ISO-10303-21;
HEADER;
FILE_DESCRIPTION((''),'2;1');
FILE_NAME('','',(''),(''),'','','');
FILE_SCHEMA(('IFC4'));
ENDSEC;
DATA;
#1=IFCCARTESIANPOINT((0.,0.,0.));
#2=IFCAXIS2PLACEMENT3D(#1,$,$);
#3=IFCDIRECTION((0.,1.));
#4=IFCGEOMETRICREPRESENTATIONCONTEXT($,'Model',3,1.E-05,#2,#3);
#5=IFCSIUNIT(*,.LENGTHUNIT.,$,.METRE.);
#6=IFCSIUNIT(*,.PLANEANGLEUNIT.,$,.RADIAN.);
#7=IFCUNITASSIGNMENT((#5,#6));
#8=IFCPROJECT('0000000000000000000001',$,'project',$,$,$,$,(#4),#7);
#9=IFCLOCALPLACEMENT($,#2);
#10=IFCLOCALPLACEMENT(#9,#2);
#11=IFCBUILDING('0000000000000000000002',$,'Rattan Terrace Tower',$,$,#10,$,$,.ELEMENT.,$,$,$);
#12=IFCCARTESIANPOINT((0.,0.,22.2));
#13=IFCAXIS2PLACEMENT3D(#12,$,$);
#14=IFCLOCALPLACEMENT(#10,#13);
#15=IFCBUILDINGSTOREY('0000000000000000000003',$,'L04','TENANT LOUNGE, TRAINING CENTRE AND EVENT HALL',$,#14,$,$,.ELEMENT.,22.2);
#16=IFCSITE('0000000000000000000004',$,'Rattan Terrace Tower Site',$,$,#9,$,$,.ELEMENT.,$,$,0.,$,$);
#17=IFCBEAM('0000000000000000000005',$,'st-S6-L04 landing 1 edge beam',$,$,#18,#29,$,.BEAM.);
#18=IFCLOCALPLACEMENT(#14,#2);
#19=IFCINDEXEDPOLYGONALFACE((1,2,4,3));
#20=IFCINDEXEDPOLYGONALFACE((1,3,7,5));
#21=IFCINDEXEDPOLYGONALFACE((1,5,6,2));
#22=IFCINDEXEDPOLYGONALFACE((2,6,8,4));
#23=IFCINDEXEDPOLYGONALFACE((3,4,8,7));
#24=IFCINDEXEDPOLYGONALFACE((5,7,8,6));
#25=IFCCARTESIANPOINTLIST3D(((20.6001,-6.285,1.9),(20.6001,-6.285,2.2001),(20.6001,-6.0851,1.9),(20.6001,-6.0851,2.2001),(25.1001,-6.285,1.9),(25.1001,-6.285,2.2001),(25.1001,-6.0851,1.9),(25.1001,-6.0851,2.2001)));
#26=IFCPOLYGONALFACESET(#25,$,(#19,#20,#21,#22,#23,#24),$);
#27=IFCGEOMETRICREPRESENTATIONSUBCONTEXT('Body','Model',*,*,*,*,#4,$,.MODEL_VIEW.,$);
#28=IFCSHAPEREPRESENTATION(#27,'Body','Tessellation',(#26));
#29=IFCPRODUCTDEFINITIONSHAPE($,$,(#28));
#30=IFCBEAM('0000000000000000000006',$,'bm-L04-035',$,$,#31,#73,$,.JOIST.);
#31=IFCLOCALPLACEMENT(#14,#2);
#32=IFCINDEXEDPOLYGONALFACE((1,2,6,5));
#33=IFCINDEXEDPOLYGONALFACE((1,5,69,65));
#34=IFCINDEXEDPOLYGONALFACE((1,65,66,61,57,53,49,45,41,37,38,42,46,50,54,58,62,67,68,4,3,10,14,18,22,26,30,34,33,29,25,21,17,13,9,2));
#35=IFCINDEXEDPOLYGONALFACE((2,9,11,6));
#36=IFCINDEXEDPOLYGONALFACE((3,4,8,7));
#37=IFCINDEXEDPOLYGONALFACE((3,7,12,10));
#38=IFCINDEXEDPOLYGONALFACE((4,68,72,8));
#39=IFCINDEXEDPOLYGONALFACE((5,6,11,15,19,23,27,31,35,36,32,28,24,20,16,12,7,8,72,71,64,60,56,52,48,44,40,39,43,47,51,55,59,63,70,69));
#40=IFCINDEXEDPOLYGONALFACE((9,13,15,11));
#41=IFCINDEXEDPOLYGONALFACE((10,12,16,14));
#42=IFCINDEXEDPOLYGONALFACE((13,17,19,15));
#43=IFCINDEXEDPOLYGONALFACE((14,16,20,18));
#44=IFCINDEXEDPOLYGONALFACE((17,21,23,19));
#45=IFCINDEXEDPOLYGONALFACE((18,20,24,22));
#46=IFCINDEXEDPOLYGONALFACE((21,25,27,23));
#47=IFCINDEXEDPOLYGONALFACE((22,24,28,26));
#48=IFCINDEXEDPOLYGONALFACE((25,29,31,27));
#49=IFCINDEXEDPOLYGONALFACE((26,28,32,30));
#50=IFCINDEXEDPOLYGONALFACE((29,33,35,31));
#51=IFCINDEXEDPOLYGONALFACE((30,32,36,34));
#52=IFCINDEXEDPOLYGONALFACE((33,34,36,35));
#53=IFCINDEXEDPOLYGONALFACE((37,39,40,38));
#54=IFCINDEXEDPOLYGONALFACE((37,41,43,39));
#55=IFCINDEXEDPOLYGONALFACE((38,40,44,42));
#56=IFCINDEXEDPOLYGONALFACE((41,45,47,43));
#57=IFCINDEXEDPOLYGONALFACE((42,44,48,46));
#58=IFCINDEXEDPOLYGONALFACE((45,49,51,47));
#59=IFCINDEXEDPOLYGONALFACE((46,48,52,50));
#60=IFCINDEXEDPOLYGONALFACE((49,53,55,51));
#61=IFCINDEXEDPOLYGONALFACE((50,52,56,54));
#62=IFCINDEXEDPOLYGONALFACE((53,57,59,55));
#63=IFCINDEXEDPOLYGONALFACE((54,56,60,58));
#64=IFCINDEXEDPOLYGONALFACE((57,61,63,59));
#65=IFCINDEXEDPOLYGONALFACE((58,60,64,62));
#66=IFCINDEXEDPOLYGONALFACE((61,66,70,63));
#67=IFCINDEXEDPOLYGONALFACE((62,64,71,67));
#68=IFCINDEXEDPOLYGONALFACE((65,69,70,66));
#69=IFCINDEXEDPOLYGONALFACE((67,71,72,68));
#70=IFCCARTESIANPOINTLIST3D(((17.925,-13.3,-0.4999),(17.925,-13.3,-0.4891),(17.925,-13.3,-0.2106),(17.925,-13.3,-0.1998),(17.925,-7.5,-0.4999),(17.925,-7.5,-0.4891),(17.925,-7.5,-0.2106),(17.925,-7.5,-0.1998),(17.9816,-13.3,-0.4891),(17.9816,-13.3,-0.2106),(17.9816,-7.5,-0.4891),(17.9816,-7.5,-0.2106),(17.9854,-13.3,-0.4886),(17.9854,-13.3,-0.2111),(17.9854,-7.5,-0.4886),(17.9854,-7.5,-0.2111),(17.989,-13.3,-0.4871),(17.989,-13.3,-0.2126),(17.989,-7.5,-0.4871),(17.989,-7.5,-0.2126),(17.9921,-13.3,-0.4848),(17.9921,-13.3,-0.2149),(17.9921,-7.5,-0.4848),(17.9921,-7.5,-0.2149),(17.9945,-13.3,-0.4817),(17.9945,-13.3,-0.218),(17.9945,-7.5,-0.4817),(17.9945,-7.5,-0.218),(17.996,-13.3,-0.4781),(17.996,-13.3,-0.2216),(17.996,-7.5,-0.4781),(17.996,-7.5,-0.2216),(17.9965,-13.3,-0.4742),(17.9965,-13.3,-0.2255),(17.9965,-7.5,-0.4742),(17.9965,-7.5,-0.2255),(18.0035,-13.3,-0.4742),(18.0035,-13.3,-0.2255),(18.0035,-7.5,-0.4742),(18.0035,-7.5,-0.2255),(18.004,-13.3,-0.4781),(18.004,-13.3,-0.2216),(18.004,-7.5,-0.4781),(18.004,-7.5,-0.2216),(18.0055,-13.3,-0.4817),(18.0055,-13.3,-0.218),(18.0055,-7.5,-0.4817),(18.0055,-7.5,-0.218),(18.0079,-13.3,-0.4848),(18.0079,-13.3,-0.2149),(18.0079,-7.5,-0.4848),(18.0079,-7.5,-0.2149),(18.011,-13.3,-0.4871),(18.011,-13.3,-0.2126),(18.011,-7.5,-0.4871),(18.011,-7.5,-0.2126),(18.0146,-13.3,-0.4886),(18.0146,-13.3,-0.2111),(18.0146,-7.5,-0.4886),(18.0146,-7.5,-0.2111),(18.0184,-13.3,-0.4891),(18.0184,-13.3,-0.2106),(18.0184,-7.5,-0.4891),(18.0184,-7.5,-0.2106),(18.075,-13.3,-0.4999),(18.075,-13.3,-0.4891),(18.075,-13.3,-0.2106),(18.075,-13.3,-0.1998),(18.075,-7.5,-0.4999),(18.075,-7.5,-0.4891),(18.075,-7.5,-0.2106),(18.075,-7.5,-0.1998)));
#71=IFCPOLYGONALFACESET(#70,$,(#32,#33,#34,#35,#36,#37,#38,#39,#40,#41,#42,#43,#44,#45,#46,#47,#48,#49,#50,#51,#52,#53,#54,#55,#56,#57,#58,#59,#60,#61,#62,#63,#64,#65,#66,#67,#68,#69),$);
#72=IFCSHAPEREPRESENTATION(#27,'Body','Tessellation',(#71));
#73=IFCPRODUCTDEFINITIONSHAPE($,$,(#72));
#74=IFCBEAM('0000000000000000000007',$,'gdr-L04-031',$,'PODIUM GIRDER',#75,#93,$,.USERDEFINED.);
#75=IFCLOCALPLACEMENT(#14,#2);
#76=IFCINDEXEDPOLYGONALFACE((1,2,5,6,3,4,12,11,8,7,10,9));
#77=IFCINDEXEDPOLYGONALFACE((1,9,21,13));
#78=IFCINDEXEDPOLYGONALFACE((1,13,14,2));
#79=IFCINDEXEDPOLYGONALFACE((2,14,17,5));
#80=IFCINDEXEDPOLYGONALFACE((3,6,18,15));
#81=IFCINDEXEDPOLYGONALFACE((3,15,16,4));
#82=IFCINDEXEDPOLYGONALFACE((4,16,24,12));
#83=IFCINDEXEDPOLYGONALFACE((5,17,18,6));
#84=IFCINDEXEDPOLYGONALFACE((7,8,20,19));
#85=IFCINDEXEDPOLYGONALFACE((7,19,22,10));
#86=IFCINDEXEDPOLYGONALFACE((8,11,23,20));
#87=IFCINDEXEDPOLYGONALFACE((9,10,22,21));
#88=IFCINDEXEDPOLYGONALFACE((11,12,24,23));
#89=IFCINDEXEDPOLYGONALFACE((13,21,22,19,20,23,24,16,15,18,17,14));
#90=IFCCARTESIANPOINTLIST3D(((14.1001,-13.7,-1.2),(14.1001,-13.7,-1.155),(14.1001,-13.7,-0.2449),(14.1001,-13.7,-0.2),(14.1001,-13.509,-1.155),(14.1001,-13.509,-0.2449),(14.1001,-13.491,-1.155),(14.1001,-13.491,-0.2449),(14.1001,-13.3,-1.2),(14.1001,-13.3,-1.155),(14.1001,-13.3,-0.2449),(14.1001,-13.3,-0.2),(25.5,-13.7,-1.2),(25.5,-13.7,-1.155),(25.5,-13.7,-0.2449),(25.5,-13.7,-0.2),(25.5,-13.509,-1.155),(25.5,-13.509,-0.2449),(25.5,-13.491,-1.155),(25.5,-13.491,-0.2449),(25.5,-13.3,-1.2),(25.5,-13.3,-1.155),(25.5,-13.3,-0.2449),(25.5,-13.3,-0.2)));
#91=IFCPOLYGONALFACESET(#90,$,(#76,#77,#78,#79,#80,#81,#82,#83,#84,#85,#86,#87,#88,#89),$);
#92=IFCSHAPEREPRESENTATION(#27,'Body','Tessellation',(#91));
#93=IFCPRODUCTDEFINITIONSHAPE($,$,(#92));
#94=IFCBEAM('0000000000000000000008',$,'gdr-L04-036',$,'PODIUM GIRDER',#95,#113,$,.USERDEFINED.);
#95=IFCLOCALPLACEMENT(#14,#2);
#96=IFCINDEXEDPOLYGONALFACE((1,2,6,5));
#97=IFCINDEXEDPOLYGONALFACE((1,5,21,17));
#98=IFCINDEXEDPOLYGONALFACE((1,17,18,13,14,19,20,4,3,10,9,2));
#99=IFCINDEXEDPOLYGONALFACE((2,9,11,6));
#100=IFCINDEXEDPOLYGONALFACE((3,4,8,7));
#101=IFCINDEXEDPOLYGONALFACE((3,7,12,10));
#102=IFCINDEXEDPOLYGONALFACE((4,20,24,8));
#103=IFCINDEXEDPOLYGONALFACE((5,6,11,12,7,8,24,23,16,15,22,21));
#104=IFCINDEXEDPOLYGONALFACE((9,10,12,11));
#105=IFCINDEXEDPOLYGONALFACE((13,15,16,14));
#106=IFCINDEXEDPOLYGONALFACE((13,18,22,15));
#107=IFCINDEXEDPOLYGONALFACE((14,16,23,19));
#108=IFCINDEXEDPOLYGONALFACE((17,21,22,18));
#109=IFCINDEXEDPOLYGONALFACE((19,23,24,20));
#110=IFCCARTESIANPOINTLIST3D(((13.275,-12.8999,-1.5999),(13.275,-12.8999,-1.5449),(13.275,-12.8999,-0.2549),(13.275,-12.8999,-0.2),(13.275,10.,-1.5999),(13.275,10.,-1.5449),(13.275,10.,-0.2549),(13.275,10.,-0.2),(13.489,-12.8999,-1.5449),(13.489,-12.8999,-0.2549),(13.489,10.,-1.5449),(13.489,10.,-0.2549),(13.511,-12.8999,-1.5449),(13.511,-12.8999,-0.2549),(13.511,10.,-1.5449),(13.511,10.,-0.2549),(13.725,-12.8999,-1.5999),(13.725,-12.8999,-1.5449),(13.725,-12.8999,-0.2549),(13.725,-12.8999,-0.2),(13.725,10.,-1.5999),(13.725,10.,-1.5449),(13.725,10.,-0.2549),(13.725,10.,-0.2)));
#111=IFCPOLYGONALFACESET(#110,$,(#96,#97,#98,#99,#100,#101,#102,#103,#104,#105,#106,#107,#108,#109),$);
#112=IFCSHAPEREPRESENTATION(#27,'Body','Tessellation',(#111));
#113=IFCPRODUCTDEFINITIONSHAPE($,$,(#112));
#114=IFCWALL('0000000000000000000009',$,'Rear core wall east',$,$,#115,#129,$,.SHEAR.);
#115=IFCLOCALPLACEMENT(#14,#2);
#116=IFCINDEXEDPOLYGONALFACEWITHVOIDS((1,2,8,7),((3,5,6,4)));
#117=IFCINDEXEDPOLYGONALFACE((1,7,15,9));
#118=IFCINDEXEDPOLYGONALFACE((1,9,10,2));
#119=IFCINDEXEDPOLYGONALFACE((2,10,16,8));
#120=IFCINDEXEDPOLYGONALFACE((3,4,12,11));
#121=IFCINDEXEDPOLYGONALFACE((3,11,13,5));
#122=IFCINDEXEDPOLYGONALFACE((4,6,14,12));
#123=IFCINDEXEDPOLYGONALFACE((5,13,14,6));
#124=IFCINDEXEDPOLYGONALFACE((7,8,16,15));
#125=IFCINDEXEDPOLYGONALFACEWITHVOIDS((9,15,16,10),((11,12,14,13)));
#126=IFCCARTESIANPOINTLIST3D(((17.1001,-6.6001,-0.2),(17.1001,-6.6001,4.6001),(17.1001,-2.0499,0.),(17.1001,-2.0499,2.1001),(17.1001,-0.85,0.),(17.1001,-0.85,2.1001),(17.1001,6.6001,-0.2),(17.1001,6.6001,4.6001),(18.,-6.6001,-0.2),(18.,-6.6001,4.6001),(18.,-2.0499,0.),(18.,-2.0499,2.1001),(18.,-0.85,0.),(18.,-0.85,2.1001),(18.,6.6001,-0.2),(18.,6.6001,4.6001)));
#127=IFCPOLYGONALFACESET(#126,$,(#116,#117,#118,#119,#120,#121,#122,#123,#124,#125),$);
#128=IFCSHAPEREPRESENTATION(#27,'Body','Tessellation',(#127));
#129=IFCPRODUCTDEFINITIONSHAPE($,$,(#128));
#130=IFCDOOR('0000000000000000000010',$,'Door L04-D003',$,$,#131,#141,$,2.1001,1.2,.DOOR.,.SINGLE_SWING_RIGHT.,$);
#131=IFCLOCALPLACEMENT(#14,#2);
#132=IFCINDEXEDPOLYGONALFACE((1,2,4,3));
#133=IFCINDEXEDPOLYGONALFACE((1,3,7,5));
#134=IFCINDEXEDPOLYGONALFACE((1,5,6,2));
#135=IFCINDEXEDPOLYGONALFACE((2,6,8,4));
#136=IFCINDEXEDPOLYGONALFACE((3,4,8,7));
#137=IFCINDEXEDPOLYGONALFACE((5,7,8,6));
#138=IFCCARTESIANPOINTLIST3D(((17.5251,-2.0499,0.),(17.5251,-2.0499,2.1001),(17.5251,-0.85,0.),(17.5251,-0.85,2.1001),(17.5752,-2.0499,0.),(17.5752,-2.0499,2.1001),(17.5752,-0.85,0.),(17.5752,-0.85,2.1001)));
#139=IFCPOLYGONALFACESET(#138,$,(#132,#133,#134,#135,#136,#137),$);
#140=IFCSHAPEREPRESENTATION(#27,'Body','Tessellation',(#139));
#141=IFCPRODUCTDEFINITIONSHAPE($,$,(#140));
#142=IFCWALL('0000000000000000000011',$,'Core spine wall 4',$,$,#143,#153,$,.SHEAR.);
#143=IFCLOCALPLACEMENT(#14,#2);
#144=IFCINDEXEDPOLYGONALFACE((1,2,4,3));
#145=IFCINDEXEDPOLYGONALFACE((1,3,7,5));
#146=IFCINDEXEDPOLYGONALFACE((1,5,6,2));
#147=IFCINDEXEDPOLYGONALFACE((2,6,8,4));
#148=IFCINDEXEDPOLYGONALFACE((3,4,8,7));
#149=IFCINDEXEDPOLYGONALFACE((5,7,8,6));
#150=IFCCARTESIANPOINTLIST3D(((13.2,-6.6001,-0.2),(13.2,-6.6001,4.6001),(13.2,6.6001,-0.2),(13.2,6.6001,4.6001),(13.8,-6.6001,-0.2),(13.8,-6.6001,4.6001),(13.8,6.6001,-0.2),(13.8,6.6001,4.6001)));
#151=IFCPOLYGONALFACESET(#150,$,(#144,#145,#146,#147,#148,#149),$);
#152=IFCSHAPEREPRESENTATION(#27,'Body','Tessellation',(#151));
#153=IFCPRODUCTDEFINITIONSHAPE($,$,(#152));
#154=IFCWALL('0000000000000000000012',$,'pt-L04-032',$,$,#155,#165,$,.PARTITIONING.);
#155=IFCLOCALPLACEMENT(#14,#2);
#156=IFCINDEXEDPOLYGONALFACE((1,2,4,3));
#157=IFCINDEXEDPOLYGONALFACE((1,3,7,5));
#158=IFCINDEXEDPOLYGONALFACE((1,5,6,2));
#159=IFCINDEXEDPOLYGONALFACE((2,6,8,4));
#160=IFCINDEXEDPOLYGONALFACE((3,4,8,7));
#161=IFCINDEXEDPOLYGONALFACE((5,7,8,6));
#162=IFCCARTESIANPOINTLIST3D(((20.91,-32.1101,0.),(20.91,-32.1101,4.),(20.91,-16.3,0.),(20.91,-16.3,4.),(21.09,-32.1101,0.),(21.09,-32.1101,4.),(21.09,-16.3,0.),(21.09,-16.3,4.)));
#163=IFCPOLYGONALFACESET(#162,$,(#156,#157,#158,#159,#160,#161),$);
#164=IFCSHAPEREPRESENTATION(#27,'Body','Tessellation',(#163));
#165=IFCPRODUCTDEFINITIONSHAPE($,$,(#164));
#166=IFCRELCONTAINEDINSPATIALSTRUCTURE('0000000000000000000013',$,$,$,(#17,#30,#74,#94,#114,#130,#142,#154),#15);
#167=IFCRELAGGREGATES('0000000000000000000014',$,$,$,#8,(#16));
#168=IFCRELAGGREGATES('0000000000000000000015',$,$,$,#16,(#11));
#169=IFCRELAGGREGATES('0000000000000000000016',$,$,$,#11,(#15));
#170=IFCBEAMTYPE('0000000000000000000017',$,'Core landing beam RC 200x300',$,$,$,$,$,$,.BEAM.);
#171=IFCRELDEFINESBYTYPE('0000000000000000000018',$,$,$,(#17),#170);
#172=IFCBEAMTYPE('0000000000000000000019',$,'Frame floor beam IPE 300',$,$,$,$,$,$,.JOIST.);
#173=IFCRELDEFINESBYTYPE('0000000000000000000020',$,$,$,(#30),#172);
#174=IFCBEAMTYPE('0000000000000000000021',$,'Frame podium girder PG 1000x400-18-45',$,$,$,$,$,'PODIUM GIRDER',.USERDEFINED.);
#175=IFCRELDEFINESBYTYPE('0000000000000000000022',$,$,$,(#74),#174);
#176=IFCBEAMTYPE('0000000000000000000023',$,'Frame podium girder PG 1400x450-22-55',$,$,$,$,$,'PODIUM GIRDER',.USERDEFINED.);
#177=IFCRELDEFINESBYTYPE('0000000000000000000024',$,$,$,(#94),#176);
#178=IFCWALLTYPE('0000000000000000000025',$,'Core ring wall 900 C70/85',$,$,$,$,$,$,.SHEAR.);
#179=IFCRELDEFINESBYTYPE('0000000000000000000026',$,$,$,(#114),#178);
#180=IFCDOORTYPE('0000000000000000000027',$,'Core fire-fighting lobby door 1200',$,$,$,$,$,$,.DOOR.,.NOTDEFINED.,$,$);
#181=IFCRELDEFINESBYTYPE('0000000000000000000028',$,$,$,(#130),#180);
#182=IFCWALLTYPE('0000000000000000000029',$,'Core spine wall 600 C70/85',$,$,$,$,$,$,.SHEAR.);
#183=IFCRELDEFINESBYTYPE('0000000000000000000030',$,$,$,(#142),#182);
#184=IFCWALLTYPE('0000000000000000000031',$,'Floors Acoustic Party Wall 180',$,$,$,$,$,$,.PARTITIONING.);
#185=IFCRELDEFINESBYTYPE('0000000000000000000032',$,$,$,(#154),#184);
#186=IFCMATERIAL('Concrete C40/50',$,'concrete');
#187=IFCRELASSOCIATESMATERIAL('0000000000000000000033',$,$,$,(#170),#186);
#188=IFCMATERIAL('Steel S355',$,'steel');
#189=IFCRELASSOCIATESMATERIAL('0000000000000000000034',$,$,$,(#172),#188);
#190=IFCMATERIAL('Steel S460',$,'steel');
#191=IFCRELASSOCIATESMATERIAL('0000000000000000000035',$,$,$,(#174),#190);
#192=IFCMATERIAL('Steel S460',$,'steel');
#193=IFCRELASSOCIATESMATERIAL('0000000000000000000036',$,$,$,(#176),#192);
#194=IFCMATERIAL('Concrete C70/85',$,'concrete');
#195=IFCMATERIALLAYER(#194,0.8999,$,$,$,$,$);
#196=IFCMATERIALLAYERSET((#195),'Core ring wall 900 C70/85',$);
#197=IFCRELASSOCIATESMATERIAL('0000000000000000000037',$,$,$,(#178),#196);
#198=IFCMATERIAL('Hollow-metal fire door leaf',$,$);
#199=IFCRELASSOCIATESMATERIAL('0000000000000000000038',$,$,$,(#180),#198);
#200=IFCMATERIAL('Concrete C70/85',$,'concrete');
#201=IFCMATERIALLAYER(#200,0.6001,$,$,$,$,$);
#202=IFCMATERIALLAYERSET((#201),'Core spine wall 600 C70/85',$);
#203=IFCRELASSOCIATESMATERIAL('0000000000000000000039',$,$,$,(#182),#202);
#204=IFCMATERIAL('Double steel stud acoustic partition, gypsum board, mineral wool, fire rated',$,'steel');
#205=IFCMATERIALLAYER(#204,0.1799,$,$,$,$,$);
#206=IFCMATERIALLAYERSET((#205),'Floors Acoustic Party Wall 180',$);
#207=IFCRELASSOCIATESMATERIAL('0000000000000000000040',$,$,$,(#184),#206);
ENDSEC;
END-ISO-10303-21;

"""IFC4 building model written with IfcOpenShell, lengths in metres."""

from ifc_helpers import new_model, si_unit, direction, frame, frame_2d, origin, origin_2d, place, context, subcontext, project, spatial, rectangle, i_section, extrude, material, layer, layer_set, material_profile, profile_set, type_object, element, fill, save


model = new_model("IFC4")

# Units and contexts
model_context = context("Model", 3, precision=1e-05, world=origin(), true_north=direction((0.0, 1.0)))
body_context = subcontext(model_context, "Body", "Model", "MODEL_VIEW")
ifc_project = project(units=[si_unit("LENGTHUNIT", "METRE"), si_unit("PLANEANGLEUNIT", "RADIAN")], contexts=[model_context])

# Site, building, storey
site_placement = place(None, origin())
site = spatial("IfcSite", under=ifc_project, at=site_placement, Name="Rattan Terrace Tower Site", CompositionType="ELEMENT", RefElevation=0.0)
building_placement = place(site_placement, origin())
building = spatial("IfcBuilding", under=site, at=building_placement, Name="Rattan Terrace Tower", CompositionType="ELEMENT")
storey_placement = place(building_placement, frame((0.0, 0.0, 22.2)))
storey = spatial("IfcBuildingStorey", under=building, at=storey_placement, Name="L04", Description="TENANT LOUNGE, TRAINING CENTRE AND EVENT HALL", CompositionType="ELEMENT", Elevation=22.2)

# Beams
ifc_material_1 = material(Name="Concrete C40/50", Category="concrete")
ifc_material_profile_1 = material_profile(ifc_material_1, rectangle(XDim=0.2, YDim=0.3, at=origin_2d()), Name="RC 200x300")
ifc_profile_set_1 = profile_set([ifc_material_profile_1], Name="Concrete C40/50")
beam_type_1 = type_object("IfcBeamType", Name="Core landing beam RC 200x300", PredefinedType="BEAM", material=ifc_profile_set_1)
beam_1_placement = place(storey_placement, frame((20.6001, -6.1851, 2.05), z_axis=(1.0, 0.0, 0.0), x_axis=(0.0, 1.0, 0.0)))
element("IfcBeam", 1, at=beam_1_placement, inside=storey, type_object=beam_type_1, Name="st-S6-L04 landing 1 edge beam", PredefinedType="BEAM", context=body_context, shape_type="SweptSolid", body=[
    extrude(rectangle(XDim=0.2, YDim=0.3, at=origin_2d()), origin(), (0.0, 0.0, 1.0), 4.5),
])
ifc_material_2 = material(Name="Steel S355", Category="steel")
ifc_material_profile_2 = material_profile(ifc_material_2, i_section(OverallWidth=0.1499, OverallDepth=0.3, WebThickness=0.0071, FlangeThickness=0.0107, FilletRadius=0.0149, at=origin_2d()), Name="IPE 300")
ifc_profile_set_2 = profile_set([ifc_material_profile_2], Name="Steel S355")
beam_type_2 = type_object("IfcBeamType", Name="Frame floor beam IPE 300", PredefinedType="JOIST", material=ifc_profile_set_2)
beam_2_placement = place(storey_placement, frame((18.0, -13.3, -0.3499), z_axis=(0.0, 1.0, 0.0), x_axis=(-1.0, 0.0, 0.0)))
element("IfcBeam", 2, at=beam_2_placement, inside=storey, type_object=beam_type_2, Name="bm-L04-035", PredefinedType="JOIST", context=body_context, shape_type="SweptSolid", body=[
    extrude(i_section(OverallWidth=0.1499, OverallDepth=0.3, WebThickness=0.0071, FlangeThickness=0.0107, FilletRadius=0.0149, at=origin_2d()), origin(), (0.0, 0.0, 1.0), 5.8),
])
ifc_material_3 = material(Name="Steel S460", Category="steel")
ifc_material_profile_3 = material_profile(ifc_material_3, i_section(OverallWidth=0.3999, OverallDepth=1.0, WebThickness=0.0181, FlangeThickness=0.0449, at=origin_2d()), Name="PG 1000x400-18-45")
ifc_profile_set_3 = profile_set([ifc_material_profile_3], Name="Steel S460")
beam_type_3 = type_object("IfcBeamType", Name="Frame podium girder PG 1000x400-18-45", ElementType="PODIUM GIRDER", PredefinedType="USERDEFINED", material=ifc_profile_set_3)
beam_3_placement = place(storey_placement, frame((14.1001, -13.5, -0.7), z_axis=(1.0, 0.0, 0.0), x_axis=(0.0, 1.0, 0.0)))
element("IfcBeam", 3, at=beam_3_placement, inside=storey, type_object=beam_type_3, Name="gdr-L04-031", ObjectType="PODIUM GIRDER", PredefinedType="USERDEFINED", context=body_context, shape_type="SweptSolid", body=[
    extrude(i_section(OverallWidth=0.3999, OverallDepth=1.0, WebThickness=0.0181, FlangeThickness=0.0449, at=origin_2d()), origin(), (0.0, 0.0, 1.0), 11.3999),
])
ifc_material_4 = material(Name="Steel S460", Category="steel")
ifc_material_profile_4 = material_profile(ifc_material_4, i_section(OverallWidth=0.45, OverallDepth=1.3999, WebThickness=0.022, FlangeThickness=0.0549, at=origin_2d()), Name="PG 1400x450-22-55")
ifc_profile_set_4 = profile_set([ifc_material_profile_4], Name="Steel S460")
beam_type_4 = type_object("IfcBeamType", Name="Frame podium girder PG 1400x450-22-55", ElementType="PODIUM GIRDER", PredefinedType="USERDEFINED", material=ifc_profile_set_4)
beam_4_placement = place(storey_placement, frame((13.5, -12.8999, -0.8999), z_axis=(0.0, 1.0, 0.0), x_axis=(-1.0, 0.0, 0.0)))
element("IfcBeam", 4, at=beam_4_placement, inside=storey, type_object=beam_type_4, Name="gdr-L04-036", ObjectType="PODIUM GIRDER", PredefinedType="USERDEFINED", context=body_context, shape_type="SweptSolid", body=[
    extrude(i_section(OverallWidth=0.45, OverallDepth=1.3999, WebThickness=0.022, FlangeThickness=0.0549, at=origin_2d()), origin(), (0.0, 0.0, 1.0), 22.8999),
])

# Wall, opening, door
ifc_material_5 = material(Name="Concrete C70/85", Category="concrete")
ifc_layer_1 = layer(ifc_material_5, 0.8999)
ifc_layer_set_1 = layer_set([ifc_layer_1], Name="Core ring wall 900 C70/85")
wall_type_1 = type_object("IfcWallType", Name="Core ring wall 900 C70/85", PredefinedType="SHEAR", material=ifc_layer_set_1)
wall_1_placement = place(storey_placement, frame((17.55, -6.6001, -0.2), z_axis=(0.0, 0.0, 1.0), x_axis=(0.0, 1.0, 0.0)))
wall_1 = element("IfcWall", 5, at=wall_1_placement, inside=storey, type_object=wall_type_1, Name="Rear core wall east", PredefinedType="SHEAR", context=body_context, shape_type="SweptSolid", body=[
    extrude(rectangle(XDim=13.2002, YDim=0.8999, at=frame_2d((6.6001, 0.0))), origin(), (0.0, 0.0, 1.0), 4.8),
])
opening_1_placement = place(wall_1_placement, frame((4.55, 0.0, 0.2)))
opening_1 = element("IfcOpeningElement", 6, at=opening_1_placement, cuts=wall_1, PredefinedType="OPENING", context=body_context, shape_type="SweptSolid", body=[
    extrude(rectangle(XDim=1.2, YDim=2.1001, at=frame_2d((0.6001, 1.05))), frame((0.0, 0.4604, 0.0), z_axis=(0.0, -1.0, 0.0), x_axis=(1.0, 0.0, 0.0)), (0.0, 0.0, 1.0), 0.9209),
])
ifc_material_6 = material(Name="Hollow-metal fire door leaf")
door_type_1 = type_object("IfcDoorType", Name="Core fire-fighting lobby door 1200", OperationType="NOTDEFINED", PredefinedType="DOOR", material=ifc_material_6)
door_1_placement = place(opening_1_placement, origin())
door_1 = element("IfcDoor", 7, at=door_1_placement, inside=storey, type_object=door_type_1, Name="Door L04-D003", OperationType="SINGLE_SWING_RIGHT", OverallHeight=2.1001, OverallWidth=1.2, PredefinedType="DOOR", context=body_context, shape_type="SweptSolid", body=[
    extrude(rectangle(XDim=1.2, YDim=2.1001, at=frame_2d((0.6001, 1.05))), frame((0.0, 0.0249, 0.0), z_axis=(0.0, -1.0, 0.0), x_axis=(1.0, 0.0, 0.0)), (0.0, 0.0, 1.0), 0.05),
])
fill(opening_1, door_1)

# Walls
ifc_material_7 = material(Name="Concrete C70/85", Category="concrete")
ifc_layer_2 = layer(ifc_material_7, 0.6001)
ifc_layer_set_2 = layer_set([ifc_layer_2], Name="Core spine wall 600 C70/85")
wall_type_2 = type_object("IfcWallType", Name="Core spine wall 600 C70/85", PredefinedType="SHEAR", material=ifc_layer_set_2)
wall_2_placement = place(storey_placement, frame((13.5, -6.6001, -0.2), z_axis=(0.0, 0.0, 1.0), x_axis=(0.0, 1.0, 0.0)))
element("IfcWall", 8, at=wall_2_placement, inside=storey, type_object=wall_type_2, Name="Core spine wall 4", PredefinedType="SHEAR", context=body_context, shape_type="SweptSolid", body=[
    extrude(rectangle(XDim=13.2002, YDim=0.6001, at=frame_2d((6.6001, 0.0))), origin(), (0.0, 0.0, 1.0), 4.8),
])
ifc_material_8 = material(Name="Double steel stud acoustic partition, gypsum board, mineral wool, fire rated", Category="steel")
ifc_layer_3 = layer(ifc_material_8, 0.1799)
ifc_layer_set_3 = layer_set([ifc_layer_3], Name="Floors Acoustic Party Wall 180")
wall_type_3 = type_object("IfcWallType", Name="Floors Acoustic Party Wall 180", PredefinedType="PARTITIONING", material=ifc_layer_set_3)
wall_3_placement = place(storey_placement, frame((21.0, -16.3, 0.0), z_axis=(0.0, 0.0, 1.0), x_axis=(0.0, -1.0, 0.0)))
element("IfcWall", 9, at=wall_3_placement, inside=storey, type_object=wall_type_3, Name="pt-L04-032", PredefinedType="PARTITIONING", context=body_context, shape_type="SweptSolid", body=[
    extrude(rectangle(XDim=15.8101, YDim=0.1799, at=frame_2d((7.905, 0.0))), origin(), (0.0, 0.0, 1.0), 4.0),
])

save(model, "model.ifc")
